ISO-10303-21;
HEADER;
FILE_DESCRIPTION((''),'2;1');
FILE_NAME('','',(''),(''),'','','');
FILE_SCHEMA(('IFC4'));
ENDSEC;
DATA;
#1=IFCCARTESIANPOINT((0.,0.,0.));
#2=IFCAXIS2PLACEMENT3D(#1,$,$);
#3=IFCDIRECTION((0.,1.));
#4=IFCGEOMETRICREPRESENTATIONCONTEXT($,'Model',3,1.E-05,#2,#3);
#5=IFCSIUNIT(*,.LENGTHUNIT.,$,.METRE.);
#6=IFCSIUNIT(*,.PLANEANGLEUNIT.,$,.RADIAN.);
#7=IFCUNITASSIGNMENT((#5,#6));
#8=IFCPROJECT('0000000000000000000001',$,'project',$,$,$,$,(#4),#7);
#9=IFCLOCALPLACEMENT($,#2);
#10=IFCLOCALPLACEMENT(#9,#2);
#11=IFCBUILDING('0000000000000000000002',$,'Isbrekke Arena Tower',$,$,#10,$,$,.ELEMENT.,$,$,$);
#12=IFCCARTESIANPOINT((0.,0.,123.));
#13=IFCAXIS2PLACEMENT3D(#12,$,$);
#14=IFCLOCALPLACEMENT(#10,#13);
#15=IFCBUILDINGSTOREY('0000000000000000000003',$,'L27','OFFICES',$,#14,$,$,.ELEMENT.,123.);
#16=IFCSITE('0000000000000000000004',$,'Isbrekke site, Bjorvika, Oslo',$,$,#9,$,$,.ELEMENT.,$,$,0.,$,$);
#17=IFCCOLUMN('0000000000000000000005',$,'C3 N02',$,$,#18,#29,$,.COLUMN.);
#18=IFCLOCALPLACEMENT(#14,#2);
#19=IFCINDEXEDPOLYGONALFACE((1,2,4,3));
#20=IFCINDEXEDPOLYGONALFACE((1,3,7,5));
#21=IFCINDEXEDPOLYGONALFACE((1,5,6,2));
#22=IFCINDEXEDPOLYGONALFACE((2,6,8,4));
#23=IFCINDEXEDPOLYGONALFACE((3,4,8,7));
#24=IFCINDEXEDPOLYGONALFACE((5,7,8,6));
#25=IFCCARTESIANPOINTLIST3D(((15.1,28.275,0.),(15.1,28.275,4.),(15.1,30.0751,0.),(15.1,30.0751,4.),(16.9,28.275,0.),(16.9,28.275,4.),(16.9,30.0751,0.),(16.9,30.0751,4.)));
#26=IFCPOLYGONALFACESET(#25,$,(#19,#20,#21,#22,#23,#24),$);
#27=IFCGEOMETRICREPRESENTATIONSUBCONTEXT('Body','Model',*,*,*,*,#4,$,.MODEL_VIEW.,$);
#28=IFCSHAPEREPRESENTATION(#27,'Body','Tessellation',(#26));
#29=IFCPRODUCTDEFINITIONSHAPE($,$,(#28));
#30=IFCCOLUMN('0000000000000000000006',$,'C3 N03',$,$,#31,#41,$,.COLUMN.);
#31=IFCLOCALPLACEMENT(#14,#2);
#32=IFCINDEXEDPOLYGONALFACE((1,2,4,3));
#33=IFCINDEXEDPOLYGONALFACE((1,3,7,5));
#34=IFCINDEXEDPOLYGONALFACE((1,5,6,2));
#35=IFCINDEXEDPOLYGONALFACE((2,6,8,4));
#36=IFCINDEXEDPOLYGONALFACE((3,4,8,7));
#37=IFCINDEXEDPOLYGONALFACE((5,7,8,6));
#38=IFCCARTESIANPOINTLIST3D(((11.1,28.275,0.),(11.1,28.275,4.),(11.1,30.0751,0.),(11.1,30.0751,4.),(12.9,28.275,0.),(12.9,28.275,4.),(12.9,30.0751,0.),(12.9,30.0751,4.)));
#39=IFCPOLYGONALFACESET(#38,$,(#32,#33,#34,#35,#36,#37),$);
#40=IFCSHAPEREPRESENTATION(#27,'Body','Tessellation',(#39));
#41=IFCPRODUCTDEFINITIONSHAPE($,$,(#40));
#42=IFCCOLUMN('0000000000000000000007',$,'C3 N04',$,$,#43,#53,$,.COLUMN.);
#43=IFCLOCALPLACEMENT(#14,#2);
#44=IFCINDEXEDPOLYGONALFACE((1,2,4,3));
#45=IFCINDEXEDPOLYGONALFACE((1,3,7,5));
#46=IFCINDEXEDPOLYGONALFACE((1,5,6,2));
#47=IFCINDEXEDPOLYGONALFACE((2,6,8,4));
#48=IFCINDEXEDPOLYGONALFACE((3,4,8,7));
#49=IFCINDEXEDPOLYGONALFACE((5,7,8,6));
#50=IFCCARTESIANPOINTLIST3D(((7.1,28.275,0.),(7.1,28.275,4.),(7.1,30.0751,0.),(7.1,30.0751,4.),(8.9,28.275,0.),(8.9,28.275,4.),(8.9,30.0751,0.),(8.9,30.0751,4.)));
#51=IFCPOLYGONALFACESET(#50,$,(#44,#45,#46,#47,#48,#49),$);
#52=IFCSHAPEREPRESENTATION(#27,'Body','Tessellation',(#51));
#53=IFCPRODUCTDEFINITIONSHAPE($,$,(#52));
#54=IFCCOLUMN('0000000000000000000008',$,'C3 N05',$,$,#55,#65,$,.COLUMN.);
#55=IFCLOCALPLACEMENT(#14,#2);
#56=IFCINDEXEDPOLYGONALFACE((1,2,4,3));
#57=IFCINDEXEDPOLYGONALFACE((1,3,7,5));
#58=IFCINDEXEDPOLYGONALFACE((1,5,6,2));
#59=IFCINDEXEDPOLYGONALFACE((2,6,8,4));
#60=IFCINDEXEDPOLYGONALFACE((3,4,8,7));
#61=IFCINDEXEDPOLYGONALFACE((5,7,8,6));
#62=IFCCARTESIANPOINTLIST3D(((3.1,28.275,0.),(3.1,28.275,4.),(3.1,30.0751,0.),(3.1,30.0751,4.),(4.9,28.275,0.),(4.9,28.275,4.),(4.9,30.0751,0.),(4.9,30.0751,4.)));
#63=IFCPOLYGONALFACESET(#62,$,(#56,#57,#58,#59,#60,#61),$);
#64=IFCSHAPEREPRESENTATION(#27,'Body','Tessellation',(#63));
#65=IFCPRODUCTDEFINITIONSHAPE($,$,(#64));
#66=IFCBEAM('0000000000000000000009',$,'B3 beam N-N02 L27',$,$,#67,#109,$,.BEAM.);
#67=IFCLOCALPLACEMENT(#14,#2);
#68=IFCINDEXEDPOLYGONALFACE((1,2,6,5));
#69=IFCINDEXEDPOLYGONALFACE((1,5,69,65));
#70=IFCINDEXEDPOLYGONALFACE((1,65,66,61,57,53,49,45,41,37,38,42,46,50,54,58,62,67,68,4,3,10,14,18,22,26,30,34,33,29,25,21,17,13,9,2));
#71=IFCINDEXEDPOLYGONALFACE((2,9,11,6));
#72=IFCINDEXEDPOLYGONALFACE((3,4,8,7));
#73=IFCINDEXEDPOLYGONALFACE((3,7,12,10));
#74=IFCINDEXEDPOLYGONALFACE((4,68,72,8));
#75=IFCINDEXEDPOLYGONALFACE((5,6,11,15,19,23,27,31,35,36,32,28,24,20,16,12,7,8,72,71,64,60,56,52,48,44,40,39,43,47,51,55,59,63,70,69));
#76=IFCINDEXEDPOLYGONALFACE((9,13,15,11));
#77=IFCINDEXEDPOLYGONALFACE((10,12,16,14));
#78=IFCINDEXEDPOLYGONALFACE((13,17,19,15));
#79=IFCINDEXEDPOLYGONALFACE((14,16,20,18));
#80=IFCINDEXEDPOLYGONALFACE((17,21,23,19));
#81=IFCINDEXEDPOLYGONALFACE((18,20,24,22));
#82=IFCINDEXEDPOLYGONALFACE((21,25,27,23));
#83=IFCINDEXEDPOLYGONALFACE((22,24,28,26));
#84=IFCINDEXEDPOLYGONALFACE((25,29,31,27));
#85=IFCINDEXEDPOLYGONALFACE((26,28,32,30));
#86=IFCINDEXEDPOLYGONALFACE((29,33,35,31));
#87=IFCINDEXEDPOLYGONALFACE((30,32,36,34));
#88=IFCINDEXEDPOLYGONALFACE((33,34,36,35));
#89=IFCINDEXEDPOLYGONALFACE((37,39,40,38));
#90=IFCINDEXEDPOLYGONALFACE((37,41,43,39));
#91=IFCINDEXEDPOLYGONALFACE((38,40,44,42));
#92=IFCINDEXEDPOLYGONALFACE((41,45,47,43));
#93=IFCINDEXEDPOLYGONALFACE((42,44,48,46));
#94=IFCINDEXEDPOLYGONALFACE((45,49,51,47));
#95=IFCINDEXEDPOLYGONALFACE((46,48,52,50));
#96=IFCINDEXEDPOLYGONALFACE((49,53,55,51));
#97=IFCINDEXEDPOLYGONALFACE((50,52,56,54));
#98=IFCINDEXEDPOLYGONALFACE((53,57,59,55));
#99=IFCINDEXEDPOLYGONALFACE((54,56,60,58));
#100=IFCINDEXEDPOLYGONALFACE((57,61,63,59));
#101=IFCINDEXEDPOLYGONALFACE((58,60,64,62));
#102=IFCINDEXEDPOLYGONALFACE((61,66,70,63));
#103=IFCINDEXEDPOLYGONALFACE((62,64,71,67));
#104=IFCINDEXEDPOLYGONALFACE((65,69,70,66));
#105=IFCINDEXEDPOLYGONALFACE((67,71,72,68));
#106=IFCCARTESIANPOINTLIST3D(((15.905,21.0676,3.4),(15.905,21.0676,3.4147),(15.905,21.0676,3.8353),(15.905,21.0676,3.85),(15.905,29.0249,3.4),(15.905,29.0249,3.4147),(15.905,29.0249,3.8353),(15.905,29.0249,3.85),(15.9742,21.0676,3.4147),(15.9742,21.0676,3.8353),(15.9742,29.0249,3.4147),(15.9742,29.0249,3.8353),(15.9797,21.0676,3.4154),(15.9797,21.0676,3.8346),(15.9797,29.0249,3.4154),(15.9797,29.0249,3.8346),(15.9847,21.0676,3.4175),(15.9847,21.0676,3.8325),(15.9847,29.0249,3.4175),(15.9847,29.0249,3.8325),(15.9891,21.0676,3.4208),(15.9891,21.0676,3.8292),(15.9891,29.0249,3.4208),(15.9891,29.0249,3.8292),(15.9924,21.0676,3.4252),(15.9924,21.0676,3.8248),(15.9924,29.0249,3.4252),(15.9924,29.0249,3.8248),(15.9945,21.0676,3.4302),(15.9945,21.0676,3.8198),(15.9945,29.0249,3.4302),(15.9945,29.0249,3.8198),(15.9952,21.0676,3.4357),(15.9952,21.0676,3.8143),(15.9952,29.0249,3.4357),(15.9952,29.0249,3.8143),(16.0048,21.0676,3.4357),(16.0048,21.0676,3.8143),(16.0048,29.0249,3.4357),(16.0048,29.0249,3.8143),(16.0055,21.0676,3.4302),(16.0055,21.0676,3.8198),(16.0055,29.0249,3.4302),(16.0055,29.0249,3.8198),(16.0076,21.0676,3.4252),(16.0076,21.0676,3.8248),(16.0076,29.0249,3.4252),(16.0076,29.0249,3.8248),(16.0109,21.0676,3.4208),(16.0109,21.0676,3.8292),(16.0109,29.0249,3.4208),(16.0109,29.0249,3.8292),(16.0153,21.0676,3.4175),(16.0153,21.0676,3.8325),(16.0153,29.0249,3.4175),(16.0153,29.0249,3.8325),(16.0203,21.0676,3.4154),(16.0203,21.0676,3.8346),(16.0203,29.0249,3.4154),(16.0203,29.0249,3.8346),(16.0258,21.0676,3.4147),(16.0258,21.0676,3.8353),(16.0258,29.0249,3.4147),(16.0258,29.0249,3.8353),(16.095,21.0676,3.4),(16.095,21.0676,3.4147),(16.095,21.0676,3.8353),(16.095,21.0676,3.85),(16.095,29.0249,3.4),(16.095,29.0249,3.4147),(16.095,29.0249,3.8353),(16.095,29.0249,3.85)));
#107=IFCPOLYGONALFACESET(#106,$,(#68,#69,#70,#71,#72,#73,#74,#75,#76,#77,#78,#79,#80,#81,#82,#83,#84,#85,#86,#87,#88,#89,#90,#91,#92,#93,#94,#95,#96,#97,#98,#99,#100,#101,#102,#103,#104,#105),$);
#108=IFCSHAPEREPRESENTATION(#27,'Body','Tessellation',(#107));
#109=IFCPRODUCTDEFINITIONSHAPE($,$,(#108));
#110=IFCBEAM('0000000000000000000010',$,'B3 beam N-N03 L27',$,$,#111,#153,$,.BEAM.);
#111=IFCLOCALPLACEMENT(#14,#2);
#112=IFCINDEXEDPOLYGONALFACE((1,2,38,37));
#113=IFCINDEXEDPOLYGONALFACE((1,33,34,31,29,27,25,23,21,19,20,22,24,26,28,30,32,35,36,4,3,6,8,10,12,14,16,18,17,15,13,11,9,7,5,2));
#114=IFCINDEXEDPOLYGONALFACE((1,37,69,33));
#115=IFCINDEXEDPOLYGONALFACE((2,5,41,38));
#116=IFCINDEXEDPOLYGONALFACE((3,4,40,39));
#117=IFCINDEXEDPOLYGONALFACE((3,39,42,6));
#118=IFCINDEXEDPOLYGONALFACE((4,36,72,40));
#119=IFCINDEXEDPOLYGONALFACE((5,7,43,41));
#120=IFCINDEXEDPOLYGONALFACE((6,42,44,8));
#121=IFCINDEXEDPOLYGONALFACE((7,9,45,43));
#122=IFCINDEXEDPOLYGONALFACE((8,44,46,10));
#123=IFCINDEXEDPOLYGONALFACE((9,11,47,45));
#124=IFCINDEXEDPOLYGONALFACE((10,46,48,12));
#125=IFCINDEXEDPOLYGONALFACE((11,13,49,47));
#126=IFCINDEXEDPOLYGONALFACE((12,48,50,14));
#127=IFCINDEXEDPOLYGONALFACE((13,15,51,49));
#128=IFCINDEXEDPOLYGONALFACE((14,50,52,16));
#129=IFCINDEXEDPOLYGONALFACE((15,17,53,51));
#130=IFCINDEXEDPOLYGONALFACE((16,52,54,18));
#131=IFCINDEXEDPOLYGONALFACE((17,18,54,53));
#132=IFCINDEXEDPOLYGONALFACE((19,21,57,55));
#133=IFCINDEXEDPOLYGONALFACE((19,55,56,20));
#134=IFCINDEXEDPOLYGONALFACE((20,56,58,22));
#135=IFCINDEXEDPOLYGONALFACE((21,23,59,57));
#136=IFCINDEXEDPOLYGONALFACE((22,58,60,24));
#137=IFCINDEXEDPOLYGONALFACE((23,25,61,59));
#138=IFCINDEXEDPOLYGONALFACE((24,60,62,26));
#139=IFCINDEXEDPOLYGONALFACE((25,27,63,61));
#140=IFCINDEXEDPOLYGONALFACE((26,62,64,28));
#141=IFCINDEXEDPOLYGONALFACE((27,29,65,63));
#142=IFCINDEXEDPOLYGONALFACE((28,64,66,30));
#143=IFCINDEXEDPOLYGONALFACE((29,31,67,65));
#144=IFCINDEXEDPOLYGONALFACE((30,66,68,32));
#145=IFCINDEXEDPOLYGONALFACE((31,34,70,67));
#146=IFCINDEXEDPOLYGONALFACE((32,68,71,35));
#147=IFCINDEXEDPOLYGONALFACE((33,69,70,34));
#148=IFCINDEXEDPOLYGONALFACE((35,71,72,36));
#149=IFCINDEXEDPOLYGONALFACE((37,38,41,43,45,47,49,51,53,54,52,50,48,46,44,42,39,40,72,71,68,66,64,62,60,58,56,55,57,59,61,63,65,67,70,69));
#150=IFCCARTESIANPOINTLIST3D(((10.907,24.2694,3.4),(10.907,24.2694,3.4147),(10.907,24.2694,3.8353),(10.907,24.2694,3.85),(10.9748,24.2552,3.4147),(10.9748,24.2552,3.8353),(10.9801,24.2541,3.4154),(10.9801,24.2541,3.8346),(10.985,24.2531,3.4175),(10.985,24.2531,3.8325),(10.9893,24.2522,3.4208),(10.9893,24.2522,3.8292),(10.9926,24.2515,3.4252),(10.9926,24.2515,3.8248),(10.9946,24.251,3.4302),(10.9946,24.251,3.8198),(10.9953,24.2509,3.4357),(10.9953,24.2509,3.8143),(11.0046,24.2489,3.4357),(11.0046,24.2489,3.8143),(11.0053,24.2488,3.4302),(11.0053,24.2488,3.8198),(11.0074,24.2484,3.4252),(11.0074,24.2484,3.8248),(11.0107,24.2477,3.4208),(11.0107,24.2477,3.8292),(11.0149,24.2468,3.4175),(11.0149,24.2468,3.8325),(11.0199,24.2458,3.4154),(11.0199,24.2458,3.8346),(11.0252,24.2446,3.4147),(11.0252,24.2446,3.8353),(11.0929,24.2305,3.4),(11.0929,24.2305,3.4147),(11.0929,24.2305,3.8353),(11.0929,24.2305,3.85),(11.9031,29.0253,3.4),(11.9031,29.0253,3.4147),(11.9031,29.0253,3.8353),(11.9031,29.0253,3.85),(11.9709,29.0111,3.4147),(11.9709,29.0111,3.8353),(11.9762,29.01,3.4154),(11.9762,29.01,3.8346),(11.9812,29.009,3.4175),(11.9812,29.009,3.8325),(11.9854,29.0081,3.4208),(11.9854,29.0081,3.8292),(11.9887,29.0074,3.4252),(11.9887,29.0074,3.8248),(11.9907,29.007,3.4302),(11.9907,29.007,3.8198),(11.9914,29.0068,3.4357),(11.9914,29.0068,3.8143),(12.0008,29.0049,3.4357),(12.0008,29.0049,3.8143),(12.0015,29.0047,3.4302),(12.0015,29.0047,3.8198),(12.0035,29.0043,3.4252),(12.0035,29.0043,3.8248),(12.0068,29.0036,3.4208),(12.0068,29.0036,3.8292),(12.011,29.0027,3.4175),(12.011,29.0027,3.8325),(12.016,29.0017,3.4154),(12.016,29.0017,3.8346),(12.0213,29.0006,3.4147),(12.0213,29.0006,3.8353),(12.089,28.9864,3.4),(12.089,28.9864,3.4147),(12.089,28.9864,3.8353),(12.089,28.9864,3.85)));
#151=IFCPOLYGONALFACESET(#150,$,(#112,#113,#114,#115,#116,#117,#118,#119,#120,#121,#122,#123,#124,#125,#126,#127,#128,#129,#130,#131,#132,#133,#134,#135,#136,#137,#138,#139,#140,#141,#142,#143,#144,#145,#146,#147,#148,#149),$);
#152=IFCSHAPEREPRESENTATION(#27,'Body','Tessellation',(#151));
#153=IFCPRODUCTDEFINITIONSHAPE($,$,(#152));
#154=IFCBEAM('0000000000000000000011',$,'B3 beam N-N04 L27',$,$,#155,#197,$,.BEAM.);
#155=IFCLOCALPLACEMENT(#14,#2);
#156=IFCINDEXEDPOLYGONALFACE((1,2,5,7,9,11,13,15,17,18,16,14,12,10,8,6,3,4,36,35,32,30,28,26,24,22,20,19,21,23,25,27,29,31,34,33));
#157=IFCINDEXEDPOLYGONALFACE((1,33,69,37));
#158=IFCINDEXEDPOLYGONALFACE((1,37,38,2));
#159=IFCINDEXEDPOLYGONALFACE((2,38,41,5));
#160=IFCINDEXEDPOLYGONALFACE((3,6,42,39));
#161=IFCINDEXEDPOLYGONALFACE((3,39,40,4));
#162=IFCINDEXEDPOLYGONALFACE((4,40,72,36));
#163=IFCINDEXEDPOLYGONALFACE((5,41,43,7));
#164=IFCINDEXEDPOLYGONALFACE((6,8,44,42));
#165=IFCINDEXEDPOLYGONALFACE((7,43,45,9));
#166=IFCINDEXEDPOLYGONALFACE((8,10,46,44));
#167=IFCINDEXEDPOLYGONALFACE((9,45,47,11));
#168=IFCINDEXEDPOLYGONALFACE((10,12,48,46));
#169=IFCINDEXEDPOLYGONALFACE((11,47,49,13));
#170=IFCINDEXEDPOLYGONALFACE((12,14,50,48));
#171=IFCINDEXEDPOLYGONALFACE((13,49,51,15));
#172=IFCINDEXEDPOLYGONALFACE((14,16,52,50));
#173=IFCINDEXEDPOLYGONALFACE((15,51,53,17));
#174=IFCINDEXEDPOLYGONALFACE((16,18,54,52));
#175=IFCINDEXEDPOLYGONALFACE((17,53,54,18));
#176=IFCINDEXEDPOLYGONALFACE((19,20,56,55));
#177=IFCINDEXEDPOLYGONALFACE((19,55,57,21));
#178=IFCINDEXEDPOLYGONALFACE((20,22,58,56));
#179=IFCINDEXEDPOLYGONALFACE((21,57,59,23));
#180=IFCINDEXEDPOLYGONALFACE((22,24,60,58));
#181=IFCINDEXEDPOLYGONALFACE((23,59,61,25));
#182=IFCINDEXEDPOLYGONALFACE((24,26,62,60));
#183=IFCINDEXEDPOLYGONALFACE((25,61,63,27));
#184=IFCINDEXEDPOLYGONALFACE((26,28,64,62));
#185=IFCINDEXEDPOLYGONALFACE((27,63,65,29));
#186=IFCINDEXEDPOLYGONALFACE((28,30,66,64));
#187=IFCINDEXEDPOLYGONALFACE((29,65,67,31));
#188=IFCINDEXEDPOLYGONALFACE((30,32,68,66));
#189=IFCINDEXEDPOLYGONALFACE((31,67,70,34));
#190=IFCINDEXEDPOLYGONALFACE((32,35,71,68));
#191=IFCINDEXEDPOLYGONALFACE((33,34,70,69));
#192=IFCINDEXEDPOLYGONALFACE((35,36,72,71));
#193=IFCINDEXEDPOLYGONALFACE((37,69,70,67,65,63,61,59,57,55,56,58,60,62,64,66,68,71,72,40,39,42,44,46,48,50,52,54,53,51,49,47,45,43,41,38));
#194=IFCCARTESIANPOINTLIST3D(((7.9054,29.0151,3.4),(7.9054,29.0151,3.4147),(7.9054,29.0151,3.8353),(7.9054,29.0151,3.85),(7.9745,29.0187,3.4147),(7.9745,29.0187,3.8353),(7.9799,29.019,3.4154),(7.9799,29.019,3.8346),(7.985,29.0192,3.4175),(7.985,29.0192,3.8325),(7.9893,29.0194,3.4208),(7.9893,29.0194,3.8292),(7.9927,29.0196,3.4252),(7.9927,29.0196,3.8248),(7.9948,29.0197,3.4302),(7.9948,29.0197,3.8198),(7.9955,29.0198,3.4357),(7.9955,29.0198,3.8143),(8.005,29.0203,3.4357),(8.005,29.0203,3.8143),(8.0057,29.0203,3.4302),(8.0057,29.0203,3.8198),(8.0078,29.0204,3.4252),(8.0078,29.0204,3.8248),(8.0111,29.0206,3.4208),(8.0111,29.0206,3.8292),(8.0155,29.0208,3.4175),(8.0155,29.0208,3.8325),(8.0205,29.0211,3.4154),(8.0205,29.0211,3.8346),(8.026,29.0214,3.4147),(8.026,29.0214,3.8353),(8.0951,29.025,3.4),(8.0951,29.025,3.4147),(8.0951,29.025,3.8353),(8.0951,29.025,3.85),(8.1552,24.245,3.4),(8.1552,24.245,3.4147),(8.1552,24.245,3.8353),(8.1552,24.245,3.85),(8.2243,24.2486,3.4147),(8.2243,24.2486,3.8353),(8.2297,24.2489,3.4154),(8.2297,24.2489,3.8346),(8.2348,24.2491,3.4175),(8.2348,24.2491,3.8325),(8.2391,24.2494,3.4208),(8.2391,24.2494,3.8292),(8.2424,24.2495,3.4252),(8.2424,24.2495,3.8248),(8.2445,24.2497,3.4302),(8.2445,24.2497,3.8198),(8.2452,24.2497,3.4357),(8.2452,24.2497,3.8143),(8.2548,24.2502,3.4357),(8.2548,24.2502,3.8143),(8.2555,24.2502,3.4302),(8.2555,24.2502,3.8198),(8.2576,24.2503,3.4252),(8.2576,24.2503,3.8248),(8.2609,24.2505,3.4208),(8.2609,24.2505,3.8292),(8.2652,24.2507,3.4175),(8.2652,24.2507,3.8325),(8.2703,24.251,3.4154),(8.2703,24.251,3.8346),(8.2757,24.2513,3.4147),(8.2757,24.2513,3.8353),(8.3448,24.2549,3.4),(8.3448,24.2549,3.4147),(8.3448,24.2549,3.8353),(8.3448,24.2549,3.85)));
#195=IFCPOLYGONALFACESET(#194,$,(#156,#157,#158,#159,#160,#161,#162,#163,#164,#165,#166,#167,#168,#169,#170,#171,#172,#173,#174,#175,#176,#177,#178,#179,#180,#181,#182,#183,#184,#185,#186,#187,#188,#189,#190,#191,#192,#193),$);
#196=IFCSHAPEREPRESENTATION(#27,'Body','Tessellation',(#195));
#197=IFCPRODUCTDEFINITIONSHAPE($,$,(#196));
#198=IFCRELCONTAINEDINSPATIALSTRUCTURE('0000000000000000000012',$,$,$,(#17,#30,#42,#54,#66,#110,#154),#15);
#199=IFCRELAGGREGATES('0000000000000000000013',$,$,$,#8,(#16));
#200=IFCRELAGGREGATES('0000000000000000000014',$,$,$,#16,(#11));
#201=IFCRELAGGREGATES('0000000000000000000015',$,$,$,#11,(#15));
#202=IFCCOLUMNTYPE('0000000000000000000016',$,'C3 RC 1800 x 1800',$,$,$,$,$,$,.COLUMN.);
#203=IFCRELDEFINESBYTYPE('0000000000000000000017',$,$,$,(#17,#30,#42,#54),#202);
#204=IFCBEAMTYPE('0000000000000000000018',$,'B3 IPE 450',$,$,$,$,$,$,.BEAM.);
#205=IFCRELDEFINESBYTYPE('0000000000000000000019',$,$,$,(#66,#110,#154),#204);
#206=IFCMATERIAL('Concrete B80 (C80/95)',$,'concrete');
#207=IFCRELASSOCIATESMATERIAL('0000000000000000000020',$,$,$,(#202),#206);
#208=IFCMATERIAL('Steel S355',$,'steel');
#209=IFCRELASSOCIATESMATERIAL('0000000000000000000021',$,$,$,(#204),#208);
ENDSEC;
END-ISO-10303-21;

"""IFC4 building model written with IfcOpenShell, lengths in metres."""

from ifc_helpers import new_model, si_unit, direction, frame, origin, origin_2d, place, context, subcontext, project, spatial, rectangle, i_section, extrude, material, material_profile, profile_set, type_object, element, save


model = new_model("IFC4")

# Units and contexts
model_context = context("Model", 3, precision=1e-05, world=origin(), true_north=direction((0.0, 1.0)))
body_context = subcontext(model_context, "Body", "Model", "MODEL_VIEW")
ifc_project = project(units=[si_unit("LENGTHUNIT", "METRE"), si_unit("PLANEANGLEUNIT", "RADIAN")], contexts=[model_context])

# Site, building, storey
site_placement = place(None, origin())
site = spatial("IfcSite", under=ifc_project, at=site_placement, Name="Isbrekke site, Bjorvika, Oslo", CompositionType="ELEMENT", RefElevation=0.0)
building_placement = place(site_placement, origin())
building = spatial("IfcBuilding", under=site, at=building_placement, Name="Isbrekke Arena Tower", CompositionType="ELEMENT")
storey_placement = place(building_placement, frame((0.0, 0.0, 123.0)))
storey = spatial("IfcBuildingStorey", under=building, at=storey_placement, Name="L27", Description="OFFICES", CompositionType="ELEMENT", Elevation=123.0)

# Columns
ifc_material_1 = material(Name="Concrete B80 (C80/95)", Category="concrete")
ifc_material_profile_1 = material_profile(ifc_material_1, rectangle(XDim=1.8, YDim=1.8, at=origin_2d()), Name="RC 1800x1800")
ifc_profile_set_1 = profile_set([ifc_material_profile_1], Name="Concrete B80 (C80/95)")
column_type = type_object("IfcColumnType", Name="C3 RC 1800 x 1800", PredefinedType="COLUMN", material=ifc_profile_set_1)
for number, where, z_axis, x_axis, name in (
    (1, (16.0, 29.175, 0.0), (0.0, 0.0, 1.0), (-1.0, 0.0, 0.0), "C3 N02"),
    (2, (12.0, 29.175, 0.0), (0.0, 0.0, 1.0), (-1.0, 0.0, 0.0), "C3 N03"),
    (3, (8.0, 29.175, 0.0), (0.0, 0.0, 1.0), (-1.0, 0.0, 0.0), "C3 N04"),
    (4, (4.0, 29.175, 0.0), (0.0, 0.0, 1.0), (-1.0, 0.0, 0.0), "C3 N05"),
):
    element("IfcColumn", number, at=place(storey_placement, frame(where, z_axis=z_axis, x_axis=x_axis)), inside=storey, type_object=column_type, Name=name, PredefinedType="COLUMN", context=body_context, shape_type="SweptSolid", body=[
        extrude(rectangle(XDim=1.8, YDim=1.8, at=origin_2d()), origin(), (0.0, 0.0, 1.0), 4.0),
    ])

# Beams
ifc_material_2 = material(Name="Steel S355", Category="steel")
ifc_material_profile_2 = material_profile(ifc_material_2, i_section(OverallWidth=0.1899, OverallDepth=0.45, WebThickness=0.0095, FlangeThickness=0.0146, FilletRadius=0.021, at=origin_2d()), Name="IPE 450")
ifc_profile_set_2 = profile_set([ifc_material_profile_2], Name="Steel S355")
beam_type_1 = type_object("IfcBeamType", Name="B3 IPE 450", PredefinedType="BEAM", material=ifc_profile_set_2)
beam_1_placement = place(storey_placement, frame((16.0, 29.0249, 3.625), z_axis=(0.0, -1.0, 0.0), x_axis=(1.0, 0.0, 0.0)))
element("IfcBeam", 5, at=beam_1_placement, inside=storey, type_object=beam_type_1, Name="B3 beam N-N02 L27", PredefinedType="BEAM", context=body_context, shape_type="SweptSolid", body=[
    extrude(i_section(OverallWidth=0.1899, OverallDepth=0.45, WebThickness=0.0095, FlangeThickness=0.0146, FilletRadius=0.021, at=origin_2d()), origin(), (0.0, 0.0, 1.0), 7.9573),
])
beam_2_placement = place(storey_placement, frame((11.9961, 29.0059, 3.625), z_axis=(-0.204997, -0.978762, 0.0), x_axis=(0.978762, -0.204997, 0.0)))
element("IfcBeam", 6, at=beam_2_placement, inside=storey, type_object=beam_type_1, Name="B3 beam N-N03 L27", PredefinedType="BEAM", context=body_context, shape_type="SweptSolid", body=[
    extrude(i_section(OverallWidth=0.1899, OverallDepth=0.45, WebThickness=0.0095, FlangeThickness=0.0146, FilletRadius=0.021, at=origin_2d()), origin(), (0.0, 0.0, 1.0), 4.8591),
])
beam_3_placement = place(storey_placement, frame((8.0002, 29.02, 3.625), z_axis=(0.052288, -0.998632, 0.0), x_axis=(0.998632, 0.052288, 0.0)))
element("IfcBeam", 7, at=beam_3_placement, inside=storey, type_object=beam_type_1, Name="B3 beam N-N04 L27", PredefinedType="BEAM", context=body_context, shape_type="SweptSolid", body=[
    extrude(i_section(OverallWidth=0.1899, OverallDepth=0.45, WebThickness=0.0095, FlangeThickness=0.0146, FilletRadius=0.021, at=origin_2d()), origin(), (0.0, 0.0, 1.0), 4.7766),
])

save(model, "model.ifc")
